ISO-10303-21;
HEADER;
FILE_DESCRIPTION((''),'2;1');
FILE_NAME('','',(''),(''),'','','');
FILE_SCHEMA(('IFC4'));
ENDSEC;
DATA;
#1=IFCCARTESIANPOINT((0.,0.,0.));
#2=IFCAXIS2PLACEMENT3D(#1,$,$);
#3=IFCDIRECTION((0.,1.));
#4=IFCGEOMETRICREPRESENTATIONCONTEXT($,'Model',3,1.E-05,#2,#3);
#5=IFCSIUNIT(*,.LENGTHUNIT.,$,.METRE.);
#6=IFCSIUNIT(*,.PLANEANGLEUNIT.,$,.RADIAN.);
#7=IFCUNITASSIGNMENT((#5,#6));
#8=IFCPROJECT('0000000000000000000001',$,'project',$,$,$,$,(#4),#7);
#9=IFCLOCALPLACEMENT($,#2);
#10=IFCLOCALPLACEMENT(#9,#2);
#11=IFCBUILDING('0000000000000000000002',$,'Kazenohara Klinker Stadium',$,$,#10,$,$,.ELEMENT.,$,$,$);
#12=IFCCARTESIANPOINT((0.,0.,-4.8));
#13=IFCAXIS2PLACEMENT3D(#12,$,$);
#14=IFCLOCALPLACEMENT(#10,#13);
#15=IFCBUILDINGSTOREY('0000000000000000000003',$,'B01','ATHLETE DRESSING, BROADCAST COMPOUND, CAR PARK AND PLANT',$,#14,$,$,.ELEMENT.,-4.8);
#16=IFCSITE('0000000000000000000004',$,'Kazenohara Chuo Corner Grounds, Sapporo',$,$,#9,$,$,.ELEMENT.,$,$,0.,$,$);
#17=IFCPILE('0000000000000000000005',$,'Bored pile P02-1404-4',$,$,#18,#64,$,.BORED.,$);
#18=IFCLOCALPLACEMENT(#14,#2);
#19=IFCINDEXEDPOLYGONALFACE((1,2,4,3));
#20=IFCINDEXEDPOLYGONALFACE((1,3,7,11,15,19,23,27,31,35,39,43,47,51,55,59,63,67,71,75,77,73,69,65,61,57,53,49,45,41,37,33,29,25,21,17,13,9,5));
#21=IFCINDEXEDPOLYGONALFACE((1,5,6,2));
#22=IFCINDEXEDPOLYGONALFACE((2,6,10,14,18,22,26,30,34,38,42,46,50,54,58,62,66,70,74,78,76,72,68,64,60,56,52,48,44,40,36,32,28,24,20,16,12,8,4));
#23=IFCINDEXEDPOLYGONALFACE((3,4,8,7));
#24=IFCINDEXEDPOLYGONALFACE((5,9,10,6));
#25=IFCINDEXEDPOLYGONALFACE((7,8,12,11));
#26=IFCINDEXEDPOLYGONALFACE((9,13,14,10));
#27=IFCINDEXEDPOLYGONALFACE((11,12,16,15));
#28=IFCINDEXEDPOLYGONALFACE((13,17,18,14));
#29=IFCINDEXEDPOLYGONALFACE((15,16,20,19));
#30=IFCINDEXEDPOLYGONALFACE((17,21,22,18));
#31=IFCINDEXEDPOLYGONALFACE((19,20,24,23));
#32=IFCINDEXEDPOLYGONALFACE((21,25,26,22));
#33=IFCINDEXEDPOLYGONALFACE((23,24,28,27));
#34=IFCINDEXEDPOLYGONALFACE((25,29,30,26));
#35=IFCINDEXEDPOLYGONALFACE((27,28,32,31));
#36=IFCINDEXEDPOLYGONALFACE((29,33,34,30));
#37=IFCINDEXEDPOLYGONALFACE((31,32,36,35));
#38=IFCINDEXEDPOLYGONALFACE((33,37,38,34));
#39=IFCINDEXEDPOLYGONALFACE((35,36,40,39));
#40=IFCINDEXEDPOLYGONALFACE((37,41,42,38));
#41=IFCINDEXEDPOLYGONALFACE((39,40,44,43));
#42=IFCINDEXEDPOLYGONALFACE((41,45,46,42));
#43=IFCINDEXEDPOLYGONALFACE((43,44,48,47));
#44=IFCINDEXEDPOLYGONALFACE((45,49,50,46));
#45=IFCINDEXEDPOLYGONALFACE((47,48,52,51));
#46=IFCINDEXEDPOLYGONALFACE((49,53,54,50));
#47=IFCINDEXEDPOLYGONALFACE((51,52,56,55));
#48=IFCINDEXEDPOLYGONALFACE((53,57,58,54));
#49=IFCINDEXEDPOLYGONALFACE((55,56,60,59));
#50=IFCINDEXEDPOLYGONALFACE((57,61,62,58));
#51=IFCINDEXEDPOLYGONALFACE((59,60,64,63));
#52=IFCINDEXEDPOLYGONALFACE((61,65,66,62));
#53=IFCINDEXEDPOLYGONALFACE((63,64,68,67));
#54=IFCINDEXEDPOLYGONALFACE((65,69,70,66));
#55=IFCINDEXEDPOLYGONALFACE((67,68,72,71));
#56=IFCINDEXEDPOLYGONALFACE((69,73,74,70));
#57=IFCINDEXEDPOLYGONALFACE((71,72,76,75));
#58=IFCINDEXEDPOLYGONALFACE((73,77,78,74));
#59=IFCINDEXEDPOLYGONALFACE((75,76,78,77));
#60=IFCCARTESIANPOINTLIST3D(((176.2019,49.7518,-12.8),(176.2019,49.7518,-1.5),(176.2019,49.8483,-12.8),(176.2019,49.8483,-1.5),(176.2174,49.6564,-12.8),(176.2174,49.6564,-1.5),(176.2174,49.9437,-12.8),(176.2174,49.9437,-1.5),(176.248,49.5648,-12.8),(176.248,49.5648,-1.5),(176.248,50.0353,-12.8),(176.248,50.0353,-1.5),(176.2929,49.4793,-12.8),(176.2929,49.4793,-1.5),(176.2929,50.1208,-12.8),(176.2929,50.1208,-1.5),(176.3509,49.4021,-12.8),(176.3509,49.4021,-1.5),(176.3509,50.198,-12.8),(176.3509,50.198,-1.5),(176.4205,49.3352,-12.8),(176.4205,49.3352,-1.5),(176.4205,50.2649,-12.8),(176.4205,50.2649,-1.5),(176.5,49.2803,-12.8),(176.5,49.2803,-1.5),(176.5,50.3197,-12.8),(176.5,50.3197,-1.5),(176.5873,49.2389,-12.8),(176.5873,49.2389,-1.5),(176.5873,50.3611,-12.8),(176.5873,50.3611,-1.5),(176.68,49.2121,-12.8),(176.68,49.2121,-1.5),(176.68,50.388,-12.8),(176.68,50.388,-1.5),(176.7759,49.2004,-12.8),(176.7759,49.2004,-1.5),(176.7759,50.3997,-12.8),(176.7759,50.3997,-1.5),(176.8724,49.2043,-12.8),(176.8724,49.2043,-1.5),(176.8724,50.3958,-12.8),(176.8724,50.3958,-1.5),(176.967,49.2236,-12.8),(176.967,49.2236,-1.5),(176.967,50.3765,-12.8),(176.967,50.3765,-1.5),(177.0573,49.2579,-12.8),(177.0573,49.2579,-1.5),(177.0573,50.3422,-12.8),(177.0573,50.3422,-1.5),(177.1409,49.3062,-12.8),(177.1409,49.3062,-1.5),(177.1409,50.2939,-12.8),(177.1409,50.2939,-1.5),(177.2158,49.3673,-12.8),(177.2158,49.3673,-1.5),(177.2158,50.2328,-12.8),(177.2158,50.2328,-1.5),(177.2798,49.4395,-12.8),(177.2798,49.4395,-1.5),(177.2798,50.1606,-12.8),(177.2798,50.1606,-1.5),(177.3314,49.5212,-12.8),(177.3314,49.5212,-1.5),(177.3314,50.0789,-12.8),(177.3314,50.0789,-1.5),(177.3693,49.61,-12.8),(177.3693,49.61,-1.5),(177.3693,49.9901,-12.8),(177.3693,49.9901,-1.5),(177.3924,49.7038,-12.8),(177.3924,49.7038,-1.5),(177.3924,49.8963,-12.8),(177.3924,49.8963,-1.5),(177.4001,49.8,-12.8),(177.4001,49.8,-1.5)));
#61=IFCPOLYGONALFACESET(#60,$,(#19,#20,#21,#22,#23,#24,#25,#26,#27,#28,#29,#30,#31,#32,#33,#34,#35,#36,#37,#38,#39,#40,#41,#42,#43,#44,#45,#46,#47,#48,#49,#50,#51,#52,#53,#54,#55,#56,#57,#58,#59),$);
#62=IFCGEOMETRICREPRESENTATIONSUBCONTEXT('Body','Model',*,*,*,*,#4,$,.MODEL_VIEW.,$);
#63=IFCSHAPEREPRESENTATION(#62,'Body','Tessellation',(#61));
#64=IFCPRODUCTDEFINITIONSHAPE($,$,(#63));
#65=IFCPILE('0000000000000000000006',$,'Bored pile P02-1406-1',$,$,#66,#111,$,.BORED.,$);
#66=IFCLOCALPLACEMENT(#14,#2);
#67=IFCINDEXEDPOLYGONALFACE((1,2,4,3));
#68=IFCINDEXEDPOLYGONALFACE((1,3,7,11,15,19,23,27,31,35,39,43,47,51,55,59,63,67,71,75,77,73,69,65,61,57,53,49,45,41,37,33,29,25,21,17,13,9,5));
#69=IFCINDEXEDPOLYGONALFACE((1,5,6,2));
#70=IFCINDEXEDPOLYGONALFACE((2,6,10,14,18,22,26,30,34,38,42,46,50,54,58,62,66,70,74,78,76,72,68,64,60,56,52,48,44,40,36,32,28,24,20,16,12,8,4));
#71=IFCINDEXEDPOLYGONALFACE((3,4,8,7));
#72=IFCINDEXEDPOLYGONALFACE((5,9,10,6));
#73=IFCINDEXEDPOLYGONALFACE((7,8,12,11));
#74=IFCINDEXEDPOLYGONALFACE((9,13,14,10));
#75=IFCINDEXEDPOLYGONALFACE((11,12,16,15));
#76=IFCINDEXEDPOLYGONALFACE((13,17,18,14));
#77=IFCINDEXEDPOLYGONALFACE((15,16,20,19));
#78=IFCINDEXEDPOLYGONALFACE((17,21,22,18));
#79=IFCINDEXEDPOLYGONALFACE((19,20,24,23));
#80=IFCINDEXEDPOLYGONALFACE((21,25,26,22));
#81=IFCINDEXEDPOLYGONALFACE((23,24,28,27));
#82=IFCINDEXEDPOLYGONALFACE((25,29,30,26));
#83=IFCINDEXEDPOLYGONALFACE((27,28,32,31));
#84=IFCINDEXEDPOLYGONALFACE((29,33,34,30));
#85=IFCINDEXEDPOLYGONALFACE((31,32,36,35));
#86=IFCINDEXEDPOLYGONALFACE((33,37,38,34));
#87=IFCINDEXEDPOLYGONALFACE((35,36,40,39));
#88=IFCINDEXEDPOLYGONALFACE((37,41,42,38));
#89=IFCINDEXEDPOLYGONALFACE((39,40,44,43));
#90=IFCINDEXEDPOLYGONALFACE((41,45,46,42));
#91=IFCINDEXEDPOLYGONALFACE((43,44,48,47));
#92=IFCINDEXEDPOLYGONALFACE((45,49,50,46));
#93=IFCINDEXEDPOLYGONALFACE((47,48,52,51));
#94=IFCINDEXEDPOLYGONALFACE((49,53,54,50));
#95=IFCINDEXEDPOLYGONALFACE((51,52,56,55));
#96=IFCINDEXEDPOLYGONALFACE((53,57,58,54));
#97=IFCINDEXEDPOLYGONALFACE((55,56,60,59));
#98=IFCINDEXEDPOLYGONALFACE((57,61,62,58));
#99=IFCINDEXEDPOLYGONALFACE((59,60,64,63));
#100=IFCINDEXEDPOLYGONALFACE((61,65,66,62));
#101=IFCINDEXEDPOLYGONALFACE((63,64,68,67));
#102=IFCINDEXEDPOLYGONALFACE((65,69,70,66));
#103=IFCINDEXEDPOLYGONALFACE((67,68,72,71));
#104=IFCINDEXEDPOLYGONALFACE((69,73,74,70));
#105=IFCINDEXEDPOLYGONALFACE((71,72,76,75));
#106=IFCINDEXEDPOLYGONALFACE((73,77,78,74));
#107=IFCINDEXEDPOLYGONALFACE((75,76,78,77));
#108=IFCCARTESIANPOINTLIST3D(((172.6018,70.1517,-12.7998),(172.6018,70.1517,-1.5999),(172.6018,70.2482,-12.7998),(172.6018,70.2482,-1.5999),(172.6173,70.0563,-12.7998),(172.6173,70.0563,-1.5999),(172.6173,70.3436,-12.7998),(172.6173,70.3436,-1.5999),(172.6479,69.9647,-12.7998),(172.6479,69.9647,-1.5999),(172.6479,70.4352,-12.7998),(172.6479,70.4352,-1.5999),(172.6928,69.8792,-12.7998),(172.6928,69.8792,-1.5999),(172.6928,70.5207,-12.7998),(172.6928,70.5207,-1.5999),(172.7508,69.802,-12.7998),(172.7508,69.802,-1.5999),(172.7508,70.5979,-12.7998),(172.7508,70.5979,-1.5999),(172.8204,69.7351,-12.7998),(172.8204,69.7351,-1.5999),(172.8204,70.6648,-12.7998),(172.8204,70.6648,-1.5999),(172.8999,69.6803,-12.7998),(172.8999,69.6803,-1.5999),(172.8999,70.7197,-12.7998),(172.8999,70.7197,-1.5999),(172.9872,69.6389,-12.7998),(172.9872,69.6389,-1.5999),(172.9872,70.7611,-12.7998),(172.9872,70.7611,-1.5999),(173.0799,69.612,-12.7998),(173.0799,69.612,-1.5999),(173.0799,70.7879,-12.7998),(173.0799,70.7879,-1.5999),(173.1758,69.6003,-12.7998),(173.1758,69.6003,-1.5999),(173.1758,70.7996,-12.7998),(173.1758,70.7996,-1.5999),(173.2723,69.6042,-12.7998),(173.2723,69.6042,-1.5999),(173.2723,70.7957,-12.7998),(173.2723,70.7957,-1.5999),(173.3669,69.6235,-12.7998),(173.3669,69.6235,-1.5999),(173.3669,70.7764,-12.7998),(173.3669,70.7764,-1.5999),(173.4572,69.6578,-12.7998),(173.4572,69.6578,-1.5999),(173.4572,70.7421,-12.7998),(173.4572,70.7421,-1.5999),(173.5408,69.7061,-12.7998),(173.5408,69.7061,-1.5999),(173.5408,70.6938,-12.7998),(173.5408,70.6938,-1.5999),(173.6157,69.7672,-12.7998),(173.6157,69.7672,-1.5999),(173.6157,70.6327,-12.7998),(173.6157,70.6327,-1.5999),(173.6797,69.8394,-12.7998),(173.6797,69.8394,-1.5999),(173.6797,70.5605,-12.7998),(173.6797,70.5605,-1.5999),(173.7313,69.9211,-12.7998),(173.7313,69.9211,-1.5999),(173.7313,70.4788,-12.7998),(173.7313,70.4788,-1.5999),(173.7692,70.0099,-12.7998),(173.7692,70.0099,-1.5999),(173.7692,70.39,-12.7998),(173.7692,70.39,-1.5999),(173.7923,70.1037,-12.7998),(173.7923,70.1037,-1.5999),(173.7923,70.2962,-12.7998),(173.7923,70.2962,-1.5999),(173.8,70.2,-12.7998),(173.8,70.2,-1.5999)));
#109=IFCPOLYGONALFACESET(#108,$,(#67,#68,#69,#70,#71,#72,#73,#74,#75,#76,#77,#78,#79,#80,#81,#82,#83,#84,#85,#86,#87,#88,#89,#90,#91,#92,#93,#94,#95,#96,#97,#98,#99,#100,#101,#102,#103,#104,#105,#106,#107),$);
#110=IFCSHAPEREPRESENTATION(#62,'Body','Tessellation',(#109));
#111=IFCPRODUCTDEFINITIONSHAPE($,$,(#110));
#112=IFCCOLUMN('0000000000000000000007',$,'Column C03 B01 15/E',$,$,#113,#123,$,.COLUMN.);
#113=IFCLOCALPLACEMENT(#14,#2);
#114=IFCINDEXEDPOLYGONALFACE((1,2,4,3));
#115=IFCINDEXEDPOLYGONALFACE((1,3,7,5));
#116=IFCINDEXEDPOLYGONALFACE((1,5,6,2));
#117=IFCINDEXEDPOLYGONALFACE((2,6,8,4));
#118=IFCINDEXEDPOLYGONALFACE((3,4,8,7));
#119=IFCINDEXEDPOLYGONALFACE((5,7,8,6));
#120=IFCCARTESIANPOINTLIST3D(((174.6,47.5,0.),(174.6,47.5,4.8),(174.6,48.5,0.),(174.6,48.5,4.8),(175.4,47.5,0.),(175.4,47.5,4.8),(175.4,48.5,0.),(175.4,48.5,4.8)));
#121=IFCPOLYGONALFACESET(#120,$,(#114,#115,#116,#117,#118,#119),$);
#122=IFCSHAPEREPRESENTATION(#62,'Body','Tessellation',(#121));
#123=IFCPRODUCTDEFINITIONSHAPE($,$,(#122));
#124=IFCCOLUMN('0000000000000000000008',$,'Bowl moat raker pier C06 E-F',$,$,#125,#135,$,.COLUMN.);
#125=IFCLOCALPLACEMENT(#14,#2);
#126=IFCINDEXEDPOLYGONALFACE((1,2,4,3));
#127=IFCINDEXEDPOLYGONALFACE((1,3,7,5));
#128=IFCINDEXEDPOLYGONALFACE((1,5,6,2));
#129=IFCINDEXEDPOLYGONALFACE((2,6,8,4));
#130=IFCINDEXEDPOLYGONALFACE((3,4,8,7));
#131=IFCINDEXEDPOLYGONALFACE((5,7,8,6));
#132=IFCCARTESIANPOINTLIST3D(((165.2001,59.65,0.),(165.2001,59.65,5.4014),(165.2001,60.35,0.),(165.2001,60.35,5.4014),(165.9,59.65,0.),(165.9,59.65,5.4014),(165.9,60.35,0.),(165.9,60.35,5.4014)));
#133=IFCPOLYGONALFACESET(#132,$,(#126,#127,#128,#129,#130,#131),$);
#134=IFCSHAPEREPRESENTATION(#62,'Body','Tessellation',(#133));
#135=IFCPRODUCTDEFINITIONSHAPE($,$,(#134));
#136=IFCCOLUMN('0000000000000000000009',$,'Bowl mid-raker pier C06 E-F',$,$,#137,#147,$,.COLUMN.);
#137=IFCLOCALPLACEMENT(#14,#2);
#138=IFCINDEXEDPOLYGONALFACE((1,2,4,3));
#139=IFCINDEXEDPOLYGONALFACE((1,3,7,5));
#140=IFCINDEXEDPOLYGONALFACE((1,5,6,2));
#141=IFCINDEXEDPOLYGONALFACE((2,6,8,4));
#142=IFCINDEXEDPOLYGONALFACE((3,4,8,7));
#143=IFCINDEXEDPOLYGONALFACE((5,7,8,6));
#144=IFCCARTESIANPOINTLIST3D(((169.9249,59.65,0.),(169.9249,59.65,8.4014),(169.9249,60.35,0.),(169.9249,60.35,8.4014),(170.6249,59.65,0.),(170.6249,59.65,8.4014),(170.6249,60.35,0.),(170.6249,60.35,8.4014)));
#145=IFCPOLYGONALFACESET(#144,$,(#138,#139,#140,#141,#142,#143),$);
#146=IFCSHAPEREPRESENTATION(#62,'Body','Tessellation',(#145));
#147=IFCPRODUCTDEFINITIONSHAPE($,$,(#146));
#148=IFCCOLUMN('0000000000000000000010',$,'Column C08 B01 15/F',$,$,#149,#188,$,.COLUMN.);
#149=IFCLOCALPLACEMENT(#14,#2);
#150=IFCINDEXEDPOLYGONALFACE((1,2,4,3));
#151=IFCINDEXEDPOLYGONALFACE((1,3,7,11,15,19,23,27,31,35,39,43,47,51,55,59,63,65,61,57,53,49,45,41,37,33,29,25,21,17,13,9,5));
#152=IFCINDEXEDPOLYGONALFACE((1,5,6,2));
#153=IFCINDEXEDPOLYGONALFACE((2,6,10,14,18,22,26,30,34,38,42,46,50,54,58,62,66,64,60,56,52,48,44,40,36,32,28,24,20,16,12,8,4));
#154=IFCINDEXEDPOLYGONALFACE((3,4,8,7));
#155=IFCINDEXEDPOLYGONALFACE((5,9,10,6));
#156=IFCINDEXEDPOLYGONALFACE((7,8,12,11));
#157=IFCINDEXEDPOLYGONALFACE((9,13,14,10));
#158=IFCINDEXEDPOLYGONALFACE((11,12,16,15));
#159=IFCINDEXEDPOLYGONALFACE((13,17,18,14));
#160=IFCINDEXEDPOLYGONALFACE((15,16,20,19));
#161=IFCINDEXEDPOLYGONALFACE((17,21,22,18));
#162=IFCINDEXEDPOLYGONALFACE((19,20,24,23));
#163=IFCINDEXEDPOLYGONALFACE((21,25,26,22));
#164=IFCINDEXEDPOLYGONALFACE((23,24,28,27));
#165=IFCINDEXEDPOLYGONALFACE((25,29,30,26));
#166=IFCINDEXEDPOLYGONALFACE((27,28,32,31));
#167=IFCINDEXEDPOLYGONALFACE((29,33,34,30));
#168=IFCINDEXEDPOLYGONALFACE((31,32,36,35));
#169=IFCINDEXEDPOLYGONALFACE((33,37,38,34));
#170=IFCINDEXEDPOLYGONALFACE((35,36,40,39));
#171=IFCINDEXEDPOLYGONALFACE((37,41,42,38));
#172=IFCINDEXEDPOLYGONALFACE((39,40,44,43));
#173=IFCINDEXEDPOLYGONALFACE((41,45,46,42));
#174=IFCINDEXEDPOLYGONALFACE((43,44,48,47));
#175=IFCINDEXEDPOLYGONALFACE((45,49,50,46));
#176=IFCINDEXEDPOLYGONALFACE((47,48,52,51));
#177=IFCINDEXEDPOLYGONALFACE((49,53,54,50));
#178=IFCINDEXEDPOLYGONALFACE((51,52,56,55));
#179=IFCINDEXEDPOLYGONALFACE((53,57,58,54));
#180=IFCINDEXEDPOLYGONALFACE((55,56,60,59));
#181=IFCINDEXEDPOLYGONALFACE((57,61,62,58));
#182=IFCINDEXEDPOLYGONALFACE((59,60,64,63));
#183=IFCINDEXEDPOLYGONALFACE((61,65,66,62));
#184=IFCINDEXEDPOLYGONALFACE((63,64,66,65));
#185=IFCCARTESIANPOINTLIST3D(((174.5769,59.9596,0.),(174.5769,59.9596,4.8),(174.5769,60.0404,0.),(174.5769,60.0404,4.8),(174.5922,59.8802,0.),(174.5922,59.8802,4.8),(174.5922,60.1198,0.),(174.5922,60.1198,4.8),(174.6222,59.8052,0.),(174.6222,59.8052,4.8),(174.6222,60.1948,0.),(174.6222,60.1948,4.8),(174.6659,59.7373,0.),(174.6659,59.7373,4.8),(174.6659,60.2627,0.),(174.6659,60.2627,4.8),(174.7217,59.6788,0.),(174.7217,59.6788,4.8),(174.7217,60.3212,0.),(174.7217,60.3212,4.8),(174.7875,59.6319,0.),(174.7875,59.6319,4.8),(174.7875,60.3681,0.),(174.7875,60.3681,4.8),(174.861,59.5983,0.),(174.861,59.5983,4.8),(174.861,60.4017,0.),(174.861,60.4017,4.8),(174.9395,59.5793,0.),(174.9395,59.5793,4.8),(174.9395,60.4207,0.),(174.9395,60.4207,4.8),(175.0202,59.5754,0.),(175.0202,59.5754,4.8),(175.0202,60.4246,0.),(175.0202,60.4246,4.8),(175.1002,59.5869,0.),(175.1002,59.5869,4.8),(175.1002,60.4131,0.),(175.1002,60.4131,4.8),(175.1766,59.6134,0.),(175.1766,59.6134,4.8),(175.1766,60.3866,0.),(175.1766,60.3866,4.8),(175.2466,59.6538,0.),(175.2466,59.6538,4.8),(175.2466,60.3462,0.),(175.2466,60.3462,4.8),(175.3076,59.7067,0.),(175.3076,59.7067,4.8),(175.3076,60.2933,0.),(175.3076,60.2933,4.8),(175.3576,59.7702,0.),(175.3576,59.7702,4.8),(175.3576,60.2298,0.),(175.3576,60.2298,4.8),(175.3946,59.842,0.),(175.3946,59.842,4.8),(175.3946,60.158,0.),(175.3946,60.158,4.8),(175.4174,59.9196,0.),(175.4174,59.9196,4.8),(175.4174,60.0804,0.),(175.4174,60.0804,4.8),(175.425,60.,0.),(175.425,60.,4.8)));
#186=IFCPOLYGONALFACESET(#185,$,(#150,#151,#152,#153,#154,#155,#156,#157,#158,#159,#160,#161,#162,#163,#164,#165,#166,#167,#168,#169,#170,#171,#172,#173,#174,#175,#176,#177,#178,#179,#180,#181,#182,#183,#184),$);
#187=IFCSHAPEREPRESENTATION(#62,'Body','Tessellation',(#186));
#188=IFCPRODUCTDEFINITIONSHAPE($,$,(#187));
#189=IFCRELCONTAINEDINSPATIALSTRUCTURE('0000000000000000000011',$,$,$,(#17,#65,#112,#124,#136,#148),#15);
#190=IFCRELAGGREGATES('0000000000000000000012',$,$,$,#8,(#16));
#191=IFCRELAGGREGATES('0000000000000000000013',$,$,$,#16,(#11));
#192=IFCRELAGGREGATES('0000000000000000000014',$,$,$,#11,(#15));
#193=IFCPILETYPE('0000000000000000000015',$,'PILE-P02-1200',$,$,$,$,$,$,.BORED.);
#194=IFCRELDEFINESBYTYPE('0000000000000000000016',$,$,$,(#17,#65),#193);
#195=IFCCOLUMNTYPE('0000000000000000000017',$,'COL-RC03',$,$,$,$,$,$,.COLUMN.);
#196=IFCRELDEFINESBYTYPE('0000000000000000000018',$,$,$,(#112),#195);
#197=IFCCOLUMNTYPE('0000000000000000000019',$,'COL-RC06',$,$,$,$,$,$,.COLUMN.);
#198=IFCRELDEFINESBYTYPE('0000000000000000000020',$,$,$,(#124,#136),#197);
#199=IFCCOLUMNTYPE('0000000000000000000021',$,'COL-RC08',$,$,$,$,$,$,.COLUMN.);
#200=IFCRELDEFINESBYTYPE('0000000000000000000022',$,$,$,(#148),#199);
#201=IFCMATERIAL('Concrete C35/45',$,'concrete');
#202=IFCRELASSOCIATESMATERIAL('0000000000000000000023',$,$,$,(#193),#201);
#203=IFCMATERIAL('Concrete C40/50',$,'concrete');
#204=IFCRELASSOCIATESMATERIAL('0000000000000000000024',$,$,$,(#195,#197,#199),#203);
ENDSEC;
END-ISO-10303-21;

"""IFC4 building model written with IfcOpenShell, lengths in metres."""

from ifc_helpers import new_model, si_unit, direction, frame, origin, origin_2d, place, context, subcontext, project, spatial, rectangle, circle, extrude, material, material_profile, profile_set, type_object, element, save


model = new_model("IFC4")

# Units and contexts
model_context = context("Model", 3, precision=1e-05, world=origin(), true_north=direction((0.0, 1.0)))
body_context = subcontext(model_context, "Body", "Model", "MODEL_VIEW")
ifc_project = project(units=[si_unit("LENGTHUNIT", "METRE"), si_unit("PLANEANGLEUNIT", "RADIAN")], contexts=[model_context])

# Site, building, storey
site_placement = place(None, origin())
site = spatial("IfcSite", under=ifc_project, at=site_placement, Name="Kazenohara Chuo Corner Grounds, Sapporo", CompositionType="ELEMENT", RefElevation=0.0)
building_placement = place(site_placement, origin())
building = spatial("IfcBuilding", under=site, at=building_placement, Name="Kazenohara Klinker Stadium", CompositionType="ELEMENT")
storey_placement = place(building_placement, frame((0.0, 0.0, -4.8)))
storey = spatial("IfcBuildingStorey", under=building, at=storey_placement, Name="B01", Description="ATHLETE DRESSING, BROADCAST COMPOUND, CAR PARK AND PLANT", CompositionType="ELEMENT", Elevation=-4.8)

# Shared definitions
ifc_material_1 = material(Name="Concrete C35/45", Category="concrete")

# Piles
ifc_material_profile_1 = material_profile(ifc_material_1, circle(Radius=0.6001, at=origin_2d()), Name="BORED-PILE-1200")
ifc_profile_set_1 = profile_set([ifc_material_profile_1], Name="Concrete C35/45")
pile_type_1 = type_object("IfcPileType", Name="PILE-P02-1200", PredefinedType="BORED", material=ifc_profile_set_1)
for number, where, z_axis, x_axis, name in (
    (1, (176.8, 49.8, -1.5), (0.0, 0.0, -1.0), (1.0, 0.0, 0.0), "Bored pile P02-1404-4"),
):
    element("IfcPile", number, at=place(storey_placement, frame(where, z_axis=z_axis, x_axis=x_axis)), inside=storey, type_object=pile_type_1, Name=name, PredefinedType="BORED", context=body_context, shape_type="SweptSolid", body=[
        extrude(circle(Radius=0.6001, at=origin_2d()), origin(), (0.0, 0.0, 1.0), 11.3),
    ])
pile_placement = place(storey_placement, frame((173.2, 70.2, -1.5999), z_axis=(0.0, 0.0, -1.0), x_axis=(1.0, 0.0, 0.0)))
element("IfcPile", 2, at=pile_placement, inside=storey, type_object=pile_type_1, Name="Bored pile P02-1406-1", PredefinedType="BORED", context=body_context, shape_type="SweptSolid", body=[
    extrude(circle(Radius=0.6001, at=origin_2d()), origin(), (0.0, 0.0, 1.0), 11.2),
])

# Columns
ifc_material_2 = material(Name="Concrete C40/50", Category="concrete")
ifc_material_profile_2 = material_profile(ifc_material_2, rectangle(XDim=0.8, YDim=1.0, at=origin_2d()), Name="RC-COL-1000x800")
ifc_profile_set_2 = profile_set([ifc_material_profile_2], Name="Concrete C40/50")
column_type_1 = type_object("IfcColumnType", Name="COL-RC03", PredefinedType="COLUMN", material=ifc_profile_set_2)
column_1_placement = place(storey_placement, frame((175.0, 48.0, 0.0), z_axis=(0.0, 0.0, 1.0), x_axis=(1.0, 0.0, 0.0)))
element("IfcColumn", 3, at=column_1_placement, inside=storey, type_object=column_type_1, Name="Column C03 B01 15/E", PredefinedType="COLUMN", context=body_context, shape_type="SweptSolid", body=[
    extrude(rectangle(XDim=0.8, YDim=1.0, at=origin_2d()), origin(), (0.0, 0.0, 1.0), 4.8),
])
ifc_material_profile_3 = material_profile(ifc_material_2, rectangle(XDim=0.7, YDim=0.7, at=origin_2d()), Name="RC-COL-700x700")
ifc_profile_set_3 = profile_set([ifc_material_profile_3], Name="Concrete C40/50")
column_type_2 = type_object("IfcColumnType", Name="COL-RC06", PredefinedType="COLUMN", material=ifc_profile_set_3)
column_2_placement = place(storey_placement, frame((165.55, 60.0, 0.0), z_axis=(0.0, 0.0, 1.0), x_axis=(1.0, 0.0, 0.0)))
element("IfcColumn", 4, at=column_2_placement, inside=storey, type_object=column_type_2, Name="Bowl moat raker pier C06 E-F", PredefinedType="COLUMN", context=body_context, shape_type="SweptSolid", body=[
    extrude(rectangle(XDim=0.7, YDim=0.7, at=origin_2d()), origin(), (0.0, 0.0, 1.0), 5.4014),
])
column_3_placement = place(storey_placement, frame((170.2749, 60.0, 0.0), z_axis=(0.0, 0.0, 1.0), x_axis=(1.0, 0.0, 0.0)))
element("IfcColumn", 5, at=column_3_placement, inside=storey, type_object=column_type_2, Name="Bowl mid-raker pier C06 E-F", PredefinedType="COLUMN", context=body_context, shape_type="SweptSolid", body=[
    extrude(rectangle(XDim=0.7, YDim=0.7, at=origin_2d()), origin(), (0.0, 0.0, 1.0), 8.4014),
])
ifc_material_profile_4 = material_profile(ifc_material_2, circle(Radius=0.425, at=origin_2d()), Name="RC-COL-D850")
ifc_profile_set_4 = profile_set([ifc_material_profile_4], Name="Concrete C40/50")
column_type_3 = type_object("IfcColumnType", Name="COL-RC08", PredefinedType="COLUMN", material=ifc_profile_set_4)
column_4_placement = place(storey_placement, frame((175.0, 60.0, 0.0), z_axis=(0.0, 0.0, 1.0), x_axis=(1.0, 0.0, 0.0)))
element("IfcColumn", 6, at=column_4_placement, inside=storey, type_object=column_type_3, Name="Column C08 B01 15/F", PredefinedType="COLUMN", context=body_context, shape_type="SweptSolid", body=[
    extrude(circle(Radius=0.425, at=origin_2d()), origin(), (0.0, 0.0, 1.0), 4.8),
])

save(model, "model.ifc")
